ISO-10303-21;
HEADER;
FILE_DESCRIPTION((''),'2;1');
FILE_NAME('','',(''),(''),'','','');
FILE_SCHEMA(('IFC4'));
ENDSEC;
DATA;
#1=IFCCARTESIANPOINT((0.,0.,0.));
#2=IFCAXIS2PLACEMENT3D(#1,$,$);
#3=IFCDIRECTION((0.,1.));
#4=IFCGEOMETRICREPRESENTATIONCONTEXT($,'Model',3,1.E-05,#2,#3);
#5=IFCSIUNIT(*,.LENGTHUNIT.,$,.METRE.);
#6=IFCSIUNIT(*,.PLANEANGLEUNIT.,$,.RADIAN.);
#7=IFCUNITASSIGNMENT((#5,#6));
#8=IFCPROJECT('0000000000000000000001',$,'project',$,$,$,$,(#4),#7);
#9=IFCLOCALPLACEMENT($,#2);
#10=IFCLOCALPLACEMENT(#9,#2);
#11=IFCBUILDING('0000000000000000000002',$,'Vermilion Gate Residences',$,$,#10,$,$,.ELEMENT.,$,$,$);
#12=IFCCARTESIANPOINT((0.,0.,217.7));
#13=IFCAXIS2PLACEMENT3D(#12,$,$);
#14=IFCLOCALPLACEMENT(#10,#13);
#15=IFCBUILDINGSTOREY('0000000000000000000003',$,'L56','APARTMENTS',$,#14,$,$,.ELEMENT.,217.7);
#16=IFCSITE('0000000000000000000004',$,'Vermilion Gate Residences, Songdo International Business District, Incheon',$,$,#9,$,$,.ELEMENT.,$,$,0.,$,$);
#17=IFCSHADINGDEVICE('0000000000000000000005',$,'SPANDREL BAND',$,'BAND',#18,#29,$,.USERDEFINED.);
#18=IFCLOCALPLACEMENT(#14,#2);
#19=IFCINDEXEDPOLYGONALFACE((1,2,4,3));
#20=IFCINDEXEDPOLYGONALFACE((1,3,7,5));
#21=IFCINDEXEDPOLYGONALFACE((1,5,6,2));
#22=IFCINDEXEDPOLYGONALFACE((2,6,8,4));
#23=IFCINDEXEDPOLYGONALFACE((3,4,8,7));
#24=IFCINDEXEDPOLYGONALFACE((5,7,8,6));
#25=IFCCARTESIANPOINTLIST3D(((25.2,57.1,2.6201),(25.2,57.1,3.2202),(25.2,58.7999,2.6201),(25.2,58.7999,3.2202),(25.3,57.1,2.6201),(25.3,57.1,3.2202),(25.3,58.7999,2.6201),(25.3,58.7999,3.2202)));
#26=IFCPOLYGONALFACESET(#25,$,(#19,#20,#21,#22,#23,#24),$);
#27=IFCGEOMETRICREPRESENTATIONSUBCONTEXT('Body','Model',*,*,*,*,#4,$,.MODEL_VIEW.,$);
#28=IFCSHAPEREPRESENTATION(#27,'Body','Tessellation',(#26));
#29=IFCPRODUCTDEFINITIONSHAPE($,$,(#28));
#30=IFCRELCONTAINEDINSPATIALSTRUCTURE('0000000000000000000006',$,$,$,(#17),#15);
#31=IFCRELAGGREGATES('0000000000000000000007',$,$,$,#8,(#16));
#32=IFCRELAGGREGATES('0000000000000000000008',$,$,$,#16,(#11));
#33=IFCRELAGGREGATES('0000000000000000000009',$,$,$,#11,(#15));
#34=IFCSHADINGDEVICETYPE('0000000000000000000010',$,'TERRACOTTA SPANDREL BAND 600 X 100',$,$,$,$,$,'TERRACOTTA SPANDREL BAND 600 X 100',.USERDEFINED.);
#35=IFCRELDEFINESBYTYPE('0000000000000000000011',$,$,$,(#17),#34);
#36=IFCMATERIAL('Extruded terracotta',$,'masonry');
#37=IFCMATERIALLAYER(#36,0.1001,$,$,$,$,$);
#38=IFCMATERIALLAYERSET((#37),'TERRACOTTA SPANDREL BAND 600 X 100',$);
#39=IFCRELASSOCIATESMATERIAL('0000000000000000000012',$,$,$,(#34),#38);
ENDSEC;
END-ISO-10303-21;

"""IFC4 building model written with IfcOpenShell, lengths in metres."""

from ifc_helpers import new_model, si_unit, direction, frame, origin, origin_2d, place, context, subcontext, project, spatial, rectangle, extrude, material, layer, layer_set, type_object, element, save


model = new_model("IFC4")

# Units and contexts
model_context = context("Model", 3, precision=1e-05, world=origin(), true_north=direction((0.0, 1.0)))
body_context = subcontext(model_context, "Body", "Model", "MODEL_VIEW")
ifc_project = project(units=[si_unit("LENGTHUNIT", "METRE"), si_unit("PLANEANGLEUNIT", "RADIAN")], contexts=[model_context])

# Site, building, storey
site_placement = place(None, origin())
site = spatial("IfcSite", under=ifc_project, at=site_placement, Name="Vermilion Gate Residences, Songdo International Business District, Incheon", CompositionType="ELEMENT", RefElevation=0.0)
building_placement = place(site_placement, origin())
building = spatial("IfcBuilding", under=site, at=building_placement, Name="Vermilion Gate Residences", CompositionType="ELEMENT")
storey_placement = place(building_placement, frame((0.0, 0.0, 217.7)))
storey = spatial("IfcBuildingStorey", under=building, at=storey_placement, Name="L56", Description="APARTMENTS", CompositionType="ELEMENT", Elevation=217.7)

# Shading device
ifc_material_1 = material(Name="Extruded terracotta", Category="masonry")
ifc_layer_1 = layer(ifc_material_1, 0.1001)
ifc_layer_set_1 = layer_set([ifc_layer_1], Name="TERRACOTTA SPANDREL BAND 600 X 100")
shading_device_type_1 = type_object("IfcShadingDeviceType", Name="TERRACOTTA SPANDREL BAND 600 X 100", ElementType="TERRACOTTA SPANDREL BAND 600 X 100", PredefinedType="USERDEFINED", material=ifc_layer_set_1)
shading_device_1_placement = place(storey_placement, frame((25.25, 57.95, 2.6201), z_axis=(0.0, 0.0, 1.0), x_axis=(0.0, 1.0, 0.0)))
element("IfcShadingDevice", 1, at=shading_device_1_placement, inside=storey, type_object=shading_device_type_1, Name="SPANDREL BAND", ObjectType="BAND", PredefinedType="USERDEFINED", context=body_context, shape_type="SweptSolid", body=[
    extrude(rectangle(XDim=1.7, YDim=0.1001, at=origin_2d()), origin(), (0.0, 0.0, 1.0), 0.6001),
])

save(model, "model.ifc")
